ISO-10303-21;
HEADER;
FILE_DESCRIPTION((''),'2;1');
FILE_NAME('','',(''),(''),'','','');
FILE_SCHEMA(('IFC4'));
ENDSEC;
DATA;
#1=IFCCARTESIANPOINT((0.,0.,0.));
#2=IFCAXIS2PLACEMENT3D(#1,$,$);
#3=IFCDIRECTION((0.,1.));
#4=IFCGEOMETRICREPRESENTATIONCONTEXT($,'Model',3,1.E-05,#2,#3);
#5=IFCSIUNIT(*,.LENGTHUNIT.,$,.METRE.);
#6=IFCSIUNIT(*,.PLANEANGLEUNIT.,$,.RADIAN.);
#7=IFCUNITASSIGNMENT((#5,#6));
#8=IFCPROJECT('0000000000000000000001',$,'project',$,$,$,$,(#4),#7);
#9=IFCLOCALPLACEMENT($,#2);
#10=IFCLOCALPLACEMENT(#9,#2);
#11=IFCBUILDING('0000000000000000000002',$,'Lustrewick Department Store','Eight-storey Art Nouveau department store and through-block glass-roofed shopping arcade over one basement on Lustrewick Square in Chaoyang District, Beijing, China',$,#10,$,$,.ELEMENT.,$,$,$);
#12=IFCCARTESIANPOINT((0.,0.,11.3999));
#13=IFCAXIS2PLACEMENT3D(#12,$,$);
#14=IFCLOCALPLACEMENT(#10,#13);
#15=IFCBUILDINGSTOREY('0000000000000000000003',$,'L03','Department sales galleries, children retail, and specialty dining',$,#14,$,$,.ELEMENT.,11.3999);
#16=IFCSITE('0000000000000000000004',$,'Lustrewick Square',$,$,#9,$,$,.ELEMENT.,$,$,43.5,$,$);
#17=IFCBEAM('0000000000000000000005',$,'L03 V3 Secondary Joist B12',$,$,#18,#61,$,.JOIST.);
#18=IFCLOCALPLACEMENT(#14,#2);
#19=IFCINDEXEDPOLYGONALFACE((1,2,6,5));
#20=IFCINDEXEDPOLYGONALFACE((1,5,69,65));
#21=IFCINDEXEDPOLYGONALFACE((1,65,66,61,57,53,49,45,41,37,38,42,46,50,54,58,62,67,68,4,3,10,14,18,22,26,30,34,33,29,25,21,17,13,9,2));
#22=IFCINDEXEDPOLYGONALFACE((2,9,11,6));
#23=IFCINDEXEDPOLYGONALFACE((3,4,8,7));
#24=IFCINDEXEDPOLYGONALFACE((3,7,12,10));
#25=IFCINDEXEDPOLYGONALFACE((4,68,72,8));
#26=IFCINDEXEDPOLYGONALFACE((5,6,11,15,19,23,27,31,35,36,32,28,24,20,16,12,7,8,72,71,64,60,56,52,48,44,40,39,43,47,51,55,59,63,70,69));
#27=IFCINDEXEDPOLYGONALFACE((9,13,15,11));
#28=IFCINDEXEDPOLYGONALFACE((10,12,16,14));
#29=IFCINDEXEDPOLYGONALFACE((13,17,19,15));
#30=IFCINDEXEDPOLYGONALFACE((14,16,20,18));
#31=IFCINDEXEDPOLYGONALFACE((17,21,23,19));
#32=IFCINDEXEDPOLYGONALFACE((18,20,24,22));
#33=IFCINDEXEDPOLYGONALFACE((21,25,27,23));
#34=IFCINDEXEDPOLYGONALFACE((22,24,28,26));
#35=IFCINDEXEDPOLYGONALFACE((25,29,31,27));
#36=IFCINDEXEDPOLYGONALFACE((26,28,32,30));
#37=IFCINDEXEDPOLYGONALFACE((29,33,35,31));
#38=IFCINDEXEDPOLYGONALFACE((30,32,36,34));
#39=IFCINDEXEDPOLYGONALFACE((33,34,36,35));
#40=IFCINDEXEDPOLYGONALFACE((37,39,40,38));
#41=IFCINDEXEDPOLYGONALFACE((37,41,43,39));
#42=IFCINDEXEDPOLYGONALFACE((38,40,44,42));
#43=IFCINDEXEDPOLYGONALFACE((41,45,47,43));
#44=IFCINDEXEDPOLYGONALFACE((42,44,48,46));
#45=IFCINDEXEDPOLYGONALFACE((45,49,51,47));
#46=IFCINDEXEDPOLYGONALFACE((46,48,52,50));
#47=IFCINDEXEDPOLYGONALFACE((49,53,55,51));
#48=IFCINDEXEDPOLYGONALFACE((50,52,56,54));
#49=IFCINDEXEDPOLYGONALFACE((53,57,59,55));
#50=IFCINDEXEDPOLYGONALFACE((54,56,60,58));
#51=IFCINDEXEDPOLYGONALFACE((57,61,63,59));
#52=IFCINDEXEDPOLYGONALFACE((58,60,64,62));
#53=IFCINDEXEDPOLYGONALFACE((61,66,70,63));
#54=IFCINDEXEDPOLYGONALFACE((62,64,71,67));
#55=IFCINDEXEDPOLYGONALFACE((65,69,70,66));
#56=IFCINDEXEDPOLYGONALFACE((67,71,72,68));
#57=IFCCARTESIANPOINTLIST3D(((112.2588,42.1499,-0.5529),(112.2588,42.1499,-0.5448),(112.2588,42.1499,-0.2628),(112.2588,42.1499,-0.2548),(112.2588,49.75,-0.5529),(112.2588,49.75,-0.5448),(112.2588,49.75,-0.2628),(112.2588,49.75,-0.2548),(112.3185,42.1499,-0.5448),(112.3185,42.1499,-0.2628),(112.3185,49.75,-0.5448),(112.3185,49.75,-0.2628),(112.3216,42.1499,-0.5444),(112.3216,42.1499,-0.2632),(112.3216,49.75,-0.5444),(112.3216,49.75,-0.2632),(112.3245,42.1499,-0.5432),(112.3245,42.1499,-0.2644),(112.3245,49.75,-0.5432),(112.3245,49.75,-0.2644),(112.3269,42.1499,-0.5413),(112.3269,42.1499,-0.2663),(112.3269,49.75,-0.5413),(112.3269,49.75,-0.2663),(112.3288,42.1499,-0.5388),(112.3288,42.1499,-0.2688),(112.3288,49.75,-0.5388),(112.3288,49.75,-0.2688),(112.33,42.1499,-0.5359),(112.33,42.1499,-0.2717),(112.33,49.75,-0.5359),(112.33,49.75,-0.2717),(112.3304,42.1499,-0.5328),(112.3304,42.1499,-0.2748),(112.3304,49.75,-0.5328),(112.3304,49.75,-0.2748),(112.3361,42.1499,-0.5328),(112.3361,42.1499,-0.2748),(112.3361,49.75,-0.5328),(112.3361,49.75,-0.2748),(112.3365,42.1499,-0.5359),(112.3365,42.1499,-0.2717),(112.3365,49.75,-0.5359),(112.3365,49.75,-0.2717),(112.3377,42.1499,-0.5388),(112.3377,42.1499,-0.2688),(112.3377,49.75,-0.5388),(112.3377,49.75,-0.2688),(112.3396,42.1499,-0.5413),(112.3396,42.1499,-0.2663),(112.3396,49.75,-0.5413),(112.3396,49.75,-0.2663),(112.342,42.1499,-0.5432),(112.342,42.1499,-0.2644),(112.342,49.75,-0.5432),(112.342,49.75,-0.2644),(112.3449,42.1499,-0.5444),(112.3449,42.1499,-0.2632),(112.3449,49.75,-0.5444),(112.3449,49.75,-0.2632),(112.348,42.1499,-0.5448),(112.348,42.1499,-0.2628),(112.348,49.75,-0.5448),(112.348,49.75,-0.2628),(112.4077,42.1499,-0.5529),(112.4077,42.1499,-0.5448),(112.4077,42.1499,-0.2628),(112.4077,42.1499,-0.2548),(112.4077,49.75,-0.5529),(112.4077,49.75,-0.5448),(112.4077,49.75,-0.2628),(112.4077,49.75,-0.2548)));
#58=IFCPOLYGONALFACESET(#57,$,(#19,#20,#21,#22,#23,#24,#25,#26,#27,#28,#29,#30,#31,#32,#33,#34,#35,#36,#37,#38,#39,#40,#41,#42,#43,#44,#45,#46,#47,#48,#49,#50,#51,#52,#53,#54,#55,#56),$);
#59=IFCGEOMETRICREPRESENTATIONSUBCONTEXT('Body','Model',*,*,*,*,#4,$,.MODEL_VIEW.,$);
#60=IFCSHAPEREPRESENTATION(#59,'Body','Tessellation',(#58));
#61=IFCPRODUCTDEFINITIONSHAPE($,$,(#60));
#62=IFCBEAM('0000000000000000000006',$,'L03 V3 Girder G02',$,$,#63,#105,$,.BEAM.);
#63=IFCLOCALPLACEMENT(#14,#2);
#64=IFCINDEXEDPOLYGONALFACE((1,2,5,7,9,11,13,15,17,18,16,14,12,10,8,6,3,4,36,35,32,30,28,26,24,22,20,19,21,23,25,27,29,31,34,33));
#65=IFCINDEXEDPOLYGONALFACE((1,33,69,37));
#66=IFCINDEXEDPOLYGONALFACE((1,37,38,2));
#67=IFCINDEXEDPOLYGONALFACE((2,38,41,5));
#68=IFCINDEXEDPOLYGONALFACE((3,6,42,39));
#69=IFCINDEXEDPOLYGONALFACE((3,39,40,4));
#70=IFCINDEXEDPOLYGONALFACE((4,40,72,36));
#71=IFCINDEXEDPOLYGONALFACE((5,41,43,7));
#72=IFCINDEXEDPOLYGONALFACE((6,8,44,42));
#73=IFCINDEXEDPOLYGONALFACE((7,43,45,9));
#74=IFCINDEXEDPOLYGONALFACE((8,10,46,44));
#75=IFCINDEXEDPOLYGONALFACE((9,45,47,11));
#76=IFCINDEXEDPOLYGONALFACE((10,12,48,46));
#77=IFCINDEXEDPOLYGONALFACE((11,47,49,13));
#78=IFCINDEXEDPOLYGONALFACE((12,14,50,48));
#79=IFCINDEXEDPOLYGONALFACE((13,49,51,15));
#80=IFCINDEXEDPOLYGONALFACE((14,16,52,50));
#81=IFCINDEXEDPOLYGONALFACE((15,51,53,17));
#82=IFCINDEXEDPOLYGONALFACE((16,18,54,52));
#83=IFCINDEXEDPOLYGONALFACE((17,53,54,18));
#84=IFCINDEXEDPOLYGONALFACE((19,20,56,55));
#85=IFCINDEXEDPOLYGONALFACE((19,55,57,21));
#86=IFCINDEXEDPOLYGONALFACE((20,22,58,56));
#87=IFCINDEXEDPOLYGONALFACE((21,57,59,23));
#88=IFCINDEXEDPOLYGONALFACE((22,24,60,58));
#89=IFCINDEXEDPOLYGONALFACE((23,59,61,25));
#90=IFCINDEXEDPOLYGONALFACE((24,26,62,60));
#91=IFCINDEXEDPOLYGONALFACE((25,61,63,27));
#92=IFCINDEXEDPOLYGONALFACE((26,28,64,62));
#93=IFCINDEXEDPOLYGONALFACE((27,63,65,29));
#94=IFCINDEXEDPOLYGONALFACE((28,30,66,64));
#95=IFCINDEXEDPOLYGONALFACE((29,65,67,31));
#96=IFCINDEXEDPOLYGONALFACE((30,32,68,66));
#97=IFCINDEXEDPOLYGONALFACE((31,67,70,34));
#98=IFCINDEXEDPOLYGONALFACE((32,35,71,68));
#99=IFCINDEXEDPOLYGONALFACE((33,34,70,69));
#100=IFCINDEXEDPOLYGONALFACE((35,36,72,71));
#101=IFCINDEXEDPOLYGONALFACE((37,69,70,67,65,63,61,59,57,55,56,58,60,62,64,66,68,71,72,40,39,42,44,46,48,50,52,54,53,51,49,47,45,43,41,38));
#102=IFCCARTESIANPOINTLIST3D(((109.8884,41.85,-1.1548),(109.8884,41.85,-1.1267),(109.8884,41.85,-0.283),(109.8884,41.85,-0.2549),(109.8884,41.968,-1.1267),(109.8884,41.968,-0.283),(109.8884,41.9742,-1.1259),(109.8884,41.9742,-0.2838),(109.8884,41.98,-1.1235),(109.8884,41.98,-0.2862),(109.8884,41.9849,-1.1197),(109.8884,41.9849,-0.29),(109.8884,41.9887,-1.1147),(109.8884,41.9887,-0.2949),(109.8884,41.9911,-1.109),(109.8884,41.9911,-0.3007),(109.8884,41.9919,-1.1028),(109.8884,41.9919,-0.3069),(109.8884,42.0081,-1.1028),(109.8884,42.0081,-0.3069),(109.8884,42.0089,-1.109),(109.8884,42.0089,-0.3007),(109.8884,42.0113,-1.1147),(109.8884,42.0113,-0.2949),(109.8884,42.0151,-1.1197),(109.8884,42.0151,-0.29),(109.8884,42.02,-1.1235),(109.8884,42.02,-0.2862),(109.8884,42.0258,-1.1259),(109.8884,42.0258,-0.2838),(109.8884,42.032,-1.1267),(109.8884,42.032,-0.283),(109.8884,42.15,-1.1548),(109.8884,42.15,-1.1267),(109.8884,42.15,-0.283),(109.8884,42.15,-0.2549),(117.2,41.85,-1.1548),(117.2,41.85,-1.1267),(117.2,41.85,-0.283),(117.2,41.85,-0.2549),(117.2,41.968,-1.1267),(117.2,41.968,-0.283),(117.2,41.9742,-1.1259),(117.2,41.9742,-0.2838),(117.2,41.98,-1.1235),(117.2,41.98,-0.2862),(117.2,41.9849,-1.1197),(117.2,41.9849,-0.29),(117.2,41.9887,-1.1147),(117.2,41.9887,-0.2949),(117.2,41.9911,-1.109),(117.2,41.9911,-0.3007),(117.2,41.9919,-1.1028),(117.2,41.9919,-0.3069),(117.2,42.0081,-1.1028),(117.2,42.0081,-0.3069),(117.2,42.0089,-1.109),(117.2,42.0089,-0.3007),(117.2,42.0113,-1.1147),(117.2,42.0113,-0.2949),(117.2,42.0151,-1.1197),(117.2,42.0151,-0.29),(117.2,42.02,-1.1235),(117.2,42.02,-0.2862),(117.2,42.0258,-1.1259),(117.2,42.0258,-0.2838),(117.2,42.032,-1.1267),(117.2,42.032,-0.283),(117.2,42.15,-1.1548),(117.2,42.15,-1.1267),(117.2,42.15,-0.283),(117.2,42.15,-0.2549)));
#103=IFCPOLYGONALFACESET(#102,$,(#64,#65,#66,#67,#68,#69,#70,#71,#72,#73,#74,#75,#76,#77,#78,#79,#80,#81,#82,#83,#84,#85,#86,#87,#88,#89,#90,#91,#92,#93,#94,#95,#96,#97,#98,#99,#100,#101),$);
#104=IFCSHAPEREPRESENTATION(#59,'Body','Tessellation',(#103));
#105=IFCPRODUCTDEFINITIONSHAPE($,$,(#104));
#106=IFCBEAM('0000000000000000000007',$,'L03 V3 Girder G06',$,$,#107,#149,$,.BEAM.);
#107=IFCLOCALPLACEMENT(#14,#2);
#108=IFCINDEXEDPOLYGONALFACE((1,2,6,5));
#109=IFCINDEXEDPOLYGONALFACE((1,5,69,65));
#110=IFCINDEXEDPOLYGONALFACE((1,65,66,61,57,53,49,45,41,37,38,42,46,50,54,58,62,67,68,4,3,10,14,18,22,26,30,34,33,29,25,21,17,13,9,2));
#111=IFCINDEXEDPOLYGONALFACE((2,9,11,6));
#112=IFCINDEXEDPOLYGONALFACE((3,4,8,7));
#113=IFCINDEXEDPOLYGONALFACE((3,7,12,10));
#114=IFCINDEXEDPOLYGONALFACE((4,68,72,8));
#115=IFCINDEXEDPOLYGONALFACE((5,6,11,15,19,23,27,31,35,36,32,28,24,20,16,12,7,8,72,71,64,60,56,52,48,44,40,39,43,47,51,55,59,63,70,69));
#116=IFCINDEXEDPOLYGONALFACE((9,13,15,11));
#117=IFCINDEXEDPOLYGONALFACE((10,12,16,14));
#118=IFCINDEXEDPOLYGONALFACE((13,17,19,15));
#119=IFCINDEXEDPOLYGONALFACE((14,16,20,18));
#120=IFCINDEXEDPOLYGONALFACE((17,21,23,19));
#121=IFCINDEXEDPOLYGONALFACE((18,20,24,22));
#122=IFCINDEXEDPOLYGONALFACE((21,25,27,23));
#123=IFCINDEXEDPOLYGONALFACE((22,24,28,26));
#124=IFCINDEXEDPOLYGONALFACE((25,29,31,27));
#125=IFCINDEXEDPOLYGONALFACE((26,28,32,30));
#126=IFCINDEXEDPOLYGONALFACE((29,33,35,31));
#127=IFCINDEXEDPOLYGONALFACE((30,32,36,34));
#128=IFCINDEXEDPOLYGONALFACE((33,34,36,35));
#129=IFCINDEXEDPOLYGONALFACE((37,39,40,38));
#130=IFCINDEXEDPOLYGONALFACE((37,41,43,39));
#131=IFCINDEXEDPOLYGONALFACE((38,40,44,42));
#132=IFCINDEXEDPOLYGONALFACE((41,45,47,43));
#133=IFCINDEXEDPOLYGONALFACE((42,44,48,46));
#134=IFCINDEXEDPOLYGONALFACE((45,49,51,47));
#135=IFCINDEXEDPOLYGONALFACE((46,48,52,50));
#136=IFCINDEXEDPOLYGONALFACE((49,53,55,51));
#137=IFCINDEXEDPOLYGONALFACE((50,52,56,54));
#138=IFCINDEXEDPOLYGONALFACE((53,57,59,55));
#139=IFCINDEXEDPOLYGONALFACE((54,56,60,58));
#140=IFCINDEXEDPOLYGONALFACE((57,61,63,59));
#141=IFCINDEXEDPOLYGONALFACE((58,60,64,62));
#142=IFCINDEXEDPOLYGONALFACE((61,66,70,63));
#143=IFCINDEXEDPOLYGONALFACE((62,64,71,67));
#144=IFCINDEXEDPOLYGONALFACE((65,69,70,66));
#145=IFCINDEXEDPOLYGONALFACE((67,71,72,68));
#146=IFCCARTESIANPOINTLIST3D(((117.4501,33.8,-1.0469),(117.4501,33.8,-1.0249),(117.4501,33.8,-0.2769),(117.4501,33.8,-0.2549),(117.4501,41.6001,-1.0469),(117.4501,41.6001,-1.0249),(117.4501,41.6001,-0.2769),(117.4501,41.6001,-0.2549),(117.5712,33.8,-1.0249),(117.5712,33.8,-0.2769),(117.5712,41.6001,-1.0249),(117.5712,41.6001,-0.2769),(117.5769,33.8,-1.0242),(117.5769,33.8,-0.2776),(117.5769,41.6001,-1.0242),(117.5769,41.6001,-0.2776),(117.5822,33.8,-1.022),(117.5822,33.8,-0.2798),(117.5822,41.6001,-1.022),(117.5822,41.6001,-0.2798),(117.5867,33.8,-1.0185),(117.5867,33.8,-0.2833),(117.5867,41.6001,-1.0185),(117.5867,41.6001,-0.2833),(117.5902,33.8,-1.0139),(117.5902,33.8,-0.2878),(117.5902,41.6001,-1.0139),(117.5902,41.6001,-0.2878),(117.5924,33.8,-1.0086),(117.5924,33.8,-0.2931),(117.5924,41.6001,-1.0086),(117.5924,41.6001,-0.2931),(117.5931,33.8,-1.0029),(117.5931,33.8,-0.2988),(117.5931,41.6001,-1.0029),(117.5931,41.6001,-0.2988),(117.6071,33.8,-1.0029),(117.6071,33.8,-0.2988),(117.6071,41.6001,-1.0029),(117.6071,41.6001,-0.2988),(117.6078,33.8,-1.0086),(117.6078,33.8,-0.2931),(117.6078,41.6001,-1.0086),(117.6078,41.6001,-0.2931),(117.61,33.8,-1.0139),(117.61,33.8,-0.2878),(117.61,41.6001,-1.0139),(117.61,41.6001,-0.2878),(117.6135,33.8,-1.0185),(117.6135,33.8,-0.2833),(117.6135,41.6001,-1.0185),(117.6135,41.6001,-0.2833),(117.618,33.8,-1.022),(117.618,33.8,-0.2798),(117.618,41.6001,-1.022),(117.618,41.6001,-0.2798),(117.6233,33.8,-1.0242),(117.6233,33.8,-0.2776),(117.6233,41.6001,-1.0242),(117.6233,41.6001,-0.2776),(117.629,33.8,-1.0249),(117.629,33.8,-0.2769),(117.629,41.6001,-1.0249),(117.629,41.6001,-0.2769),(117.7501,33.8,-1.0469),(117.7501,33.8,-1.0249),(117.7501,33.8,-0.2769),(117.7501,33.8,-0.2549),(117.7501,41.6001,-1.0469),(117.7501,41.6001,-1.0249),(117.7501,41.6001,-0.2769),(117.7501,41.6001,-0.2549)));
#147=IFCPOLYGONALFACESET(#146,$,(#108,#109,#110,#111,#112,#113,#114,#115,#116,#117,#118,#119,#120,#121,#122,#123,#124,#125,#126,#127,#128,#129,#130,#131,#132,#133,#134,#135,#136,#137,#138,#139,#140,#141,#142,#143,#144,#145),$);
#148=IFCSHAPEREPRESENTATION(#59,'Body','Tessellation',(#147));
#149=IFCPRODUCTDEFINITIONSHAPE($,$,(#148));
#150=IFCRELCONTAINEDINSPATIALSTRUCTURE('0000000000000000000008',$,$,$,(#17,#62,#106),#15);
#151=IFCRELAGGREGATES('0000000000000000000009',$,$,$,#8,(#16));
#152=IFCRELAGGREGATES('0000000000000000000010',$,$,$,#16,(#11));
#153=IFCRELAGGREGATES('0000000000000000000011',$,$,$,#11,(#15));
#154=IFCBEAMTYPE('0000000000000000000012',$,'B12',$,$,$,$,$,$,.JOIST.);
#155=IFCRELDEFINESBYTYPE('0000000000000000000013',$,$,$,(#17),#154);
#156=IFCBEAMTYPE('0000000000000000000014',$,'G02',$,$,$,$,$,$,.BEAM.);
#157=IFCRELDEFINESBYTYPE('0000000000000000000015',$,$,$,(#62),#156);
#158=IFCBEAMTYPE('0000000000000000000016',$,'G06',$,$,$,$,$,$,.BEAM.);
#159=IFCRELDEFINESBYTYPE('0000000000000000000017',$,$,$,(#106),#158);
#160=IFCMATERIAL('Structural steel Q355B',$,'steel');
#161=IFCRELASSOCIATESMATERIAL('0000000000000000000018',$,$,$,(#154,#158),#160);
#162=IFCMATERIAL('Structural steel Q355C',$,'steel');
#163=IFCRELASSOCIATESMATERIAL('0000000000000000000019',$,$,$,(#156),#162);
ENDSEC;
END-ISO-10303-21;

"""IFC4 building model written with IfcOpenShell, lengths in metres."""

from ifc_helpers import new_model, si_unit, direction, frame, origin, origin_2d, place, context, subcontext, project, spatial, i_section, extrude, material, material_profile, profile_set, type_object, element, save


model = new_model("IFC4")

# Units and contexts
model_context = context("Model", 3, precision=1e-05, world=origin(), true_north=direction((0.0, 1.0)))
body_context = subcontext(model_context, "Body", "Model", "MODEL_VIEW")
ifc_project = project(units=[si_unit("LENGTHUNIT", "METRE"), si_unit("PLANEANGLEUNIT", "RADIAN")], contexts=[model_context])

# Site, building, storey
site_placement = place(None, origin())
site = spatial("IfcSite", under=ifc_project, at=site_placement, Name="Lustrewick Square", CompositionType="ELEMENT", RefElevation=43.5)
building_placement = place(site_placement, origin())
building = spatial("IfcBuilding", under=site, at=building_placement, Name="Lustrewick Department Store", Description="Eight-storey Art Nouveau department store and through-block glass-roofed shopping arcade over one basement on Lustrewick Square in Chaoyang District, Beijing, China", CompositionType="ELEMENT")
storey_placement = place(building_placement, frame((0.0, 0.0, 11.3999)))
storey = spatial("IfcBuildingStorey", under=building, at=storey_placement, Name="L03", Description="Department sales galleries, children retail, and specialty dining", CompositionType="ELEMENT", Elevation=11.3999)

# Shared definitions
ifc_material_1 = material(Name="Structural steel Q355B", Category="steel")
ifc_material_2 = material(Name="Structural steel Q355C", Category="steel")

# Beams
ifc_material_profile_1 = material_profile(ifc_material_1, i_section(OverallWidth=0.1489, OverallDepth=0.2981, WebThickness=0.0056, FlangeThickness=0.0081, FilletRadius=0.012, at=origin_2d()), Name="HN 298x149x5.5x8")
ifc_profile_set_1 = profile_set([ifc_material_profile_1], Name="Structural steel Q355B")
beam_type_1 = type_object("IfcBeamType", Name="B12", PredefinedType="JOIST", material=ifc_profile_set_1)
beam_1_placement = place(storey_placement, frame((112.3333, 42.1499, -0.4038), z_axis=(0.0, 1.0, 0.0), x_axis=(-1.0, 0.0, 0.0)))
element("IfcBeam", 1, at=beam_1_placement, inside=storey, type_object=beam_type_1, Name="L03 V3 Secondary Joist B12", PredefinedType="JOIST", context=body_context, shape_type="SweptSolid", body=[
    extrude(i_section(OverallWidth=0.1489, OverallDepth=0.2981, WebThickness=0.0056, FlangeThickness=0.0081, FilletRadius=0.012, at=origin_2d()), origin(), (0.0, 0.0, 1.0), 7.6001),
])
ifc_material_profile_2 = material_profile(ifc_material_2, i_section(OverallWidth=0.3, OverallDepth=0.8999, WebThickness=0.0161, FlangeThickness=0.0281, FilletRadius=0.0239, at=origin_2d()), Name="HN 900x300x16x28")
ifc_profile_set_2 = profile_set([ifc_material_profile_2], Name="Structural steel Q355C")
beam_type_2 = type_object("IfcBeamType", Name="G02", PredefinedType="BEAM", material=ifc_profile_set_2)
beam_2_placement = place(storey_placement, frame((109.8884, 42.0, -0.7048), z_axis=(1.0, 0.0, 0.0), x_axis=(0.0, 1.0, 0.0)))
element("IfcBeam", 2, at=beam_2_placement, inside=storey, type_object=beam_type_2, Name="L03 V3 Girder G02", PredefinedType="BEAM", context=body_context, shape_type="SweptSolid", body=[
    extrude(i_section(OverallWidth=0.3, OverallDepth=0.8999, WebThickness=0.0161, FlangeThickness=0.0281, FilletRadius=0.0239, at=origin_2d()), origin(), (0.0, 0.0, 1.0), 7.3115),
])
ifc_material_profile_3 = material_profile(ifc_material_1, i_section(OverallWidth=0.3, OverallDepth=0.792, WebThickness=0.0139, FlangeThickness=0.022, FilletRadius=0.022, at=origin_2d()), Name="HN 792x300x14x22")
ifc_profile_set_3 = profile_set([ifc_material_profile_3], Name="Structural steel Q355B")
beam_type_3 = type_object("IfcBeamType", Name="G06", PredefinedType="BEAM", material=ifc_profile_set_3)
beam_3_placement = place(storey_placement, frame((117.6001, 33.8, -0.6509), z_axis=(0.0, 1.0, 0.0), x_axis=(-1.0, 0.0, 0.0)))
element("IfcBeam", 3, at=beam_3_placement, inside=storey, type_object=beam_type_3, Name="L03 V3 Girder G06", PredefinedType="BEAM", context=body_context, shape_type="SweptSolid", body=[
    extrude(i_section(OverallWidth=0.3, OverallDepth=0.792, WebThickness=0.0139, FlangeThickness=0.022, FilletRadius=0.022, at=origin_2d()), origin(), (0.0, 0.0, 1.0), 7.8),
])

save(model, "model.ifc")
